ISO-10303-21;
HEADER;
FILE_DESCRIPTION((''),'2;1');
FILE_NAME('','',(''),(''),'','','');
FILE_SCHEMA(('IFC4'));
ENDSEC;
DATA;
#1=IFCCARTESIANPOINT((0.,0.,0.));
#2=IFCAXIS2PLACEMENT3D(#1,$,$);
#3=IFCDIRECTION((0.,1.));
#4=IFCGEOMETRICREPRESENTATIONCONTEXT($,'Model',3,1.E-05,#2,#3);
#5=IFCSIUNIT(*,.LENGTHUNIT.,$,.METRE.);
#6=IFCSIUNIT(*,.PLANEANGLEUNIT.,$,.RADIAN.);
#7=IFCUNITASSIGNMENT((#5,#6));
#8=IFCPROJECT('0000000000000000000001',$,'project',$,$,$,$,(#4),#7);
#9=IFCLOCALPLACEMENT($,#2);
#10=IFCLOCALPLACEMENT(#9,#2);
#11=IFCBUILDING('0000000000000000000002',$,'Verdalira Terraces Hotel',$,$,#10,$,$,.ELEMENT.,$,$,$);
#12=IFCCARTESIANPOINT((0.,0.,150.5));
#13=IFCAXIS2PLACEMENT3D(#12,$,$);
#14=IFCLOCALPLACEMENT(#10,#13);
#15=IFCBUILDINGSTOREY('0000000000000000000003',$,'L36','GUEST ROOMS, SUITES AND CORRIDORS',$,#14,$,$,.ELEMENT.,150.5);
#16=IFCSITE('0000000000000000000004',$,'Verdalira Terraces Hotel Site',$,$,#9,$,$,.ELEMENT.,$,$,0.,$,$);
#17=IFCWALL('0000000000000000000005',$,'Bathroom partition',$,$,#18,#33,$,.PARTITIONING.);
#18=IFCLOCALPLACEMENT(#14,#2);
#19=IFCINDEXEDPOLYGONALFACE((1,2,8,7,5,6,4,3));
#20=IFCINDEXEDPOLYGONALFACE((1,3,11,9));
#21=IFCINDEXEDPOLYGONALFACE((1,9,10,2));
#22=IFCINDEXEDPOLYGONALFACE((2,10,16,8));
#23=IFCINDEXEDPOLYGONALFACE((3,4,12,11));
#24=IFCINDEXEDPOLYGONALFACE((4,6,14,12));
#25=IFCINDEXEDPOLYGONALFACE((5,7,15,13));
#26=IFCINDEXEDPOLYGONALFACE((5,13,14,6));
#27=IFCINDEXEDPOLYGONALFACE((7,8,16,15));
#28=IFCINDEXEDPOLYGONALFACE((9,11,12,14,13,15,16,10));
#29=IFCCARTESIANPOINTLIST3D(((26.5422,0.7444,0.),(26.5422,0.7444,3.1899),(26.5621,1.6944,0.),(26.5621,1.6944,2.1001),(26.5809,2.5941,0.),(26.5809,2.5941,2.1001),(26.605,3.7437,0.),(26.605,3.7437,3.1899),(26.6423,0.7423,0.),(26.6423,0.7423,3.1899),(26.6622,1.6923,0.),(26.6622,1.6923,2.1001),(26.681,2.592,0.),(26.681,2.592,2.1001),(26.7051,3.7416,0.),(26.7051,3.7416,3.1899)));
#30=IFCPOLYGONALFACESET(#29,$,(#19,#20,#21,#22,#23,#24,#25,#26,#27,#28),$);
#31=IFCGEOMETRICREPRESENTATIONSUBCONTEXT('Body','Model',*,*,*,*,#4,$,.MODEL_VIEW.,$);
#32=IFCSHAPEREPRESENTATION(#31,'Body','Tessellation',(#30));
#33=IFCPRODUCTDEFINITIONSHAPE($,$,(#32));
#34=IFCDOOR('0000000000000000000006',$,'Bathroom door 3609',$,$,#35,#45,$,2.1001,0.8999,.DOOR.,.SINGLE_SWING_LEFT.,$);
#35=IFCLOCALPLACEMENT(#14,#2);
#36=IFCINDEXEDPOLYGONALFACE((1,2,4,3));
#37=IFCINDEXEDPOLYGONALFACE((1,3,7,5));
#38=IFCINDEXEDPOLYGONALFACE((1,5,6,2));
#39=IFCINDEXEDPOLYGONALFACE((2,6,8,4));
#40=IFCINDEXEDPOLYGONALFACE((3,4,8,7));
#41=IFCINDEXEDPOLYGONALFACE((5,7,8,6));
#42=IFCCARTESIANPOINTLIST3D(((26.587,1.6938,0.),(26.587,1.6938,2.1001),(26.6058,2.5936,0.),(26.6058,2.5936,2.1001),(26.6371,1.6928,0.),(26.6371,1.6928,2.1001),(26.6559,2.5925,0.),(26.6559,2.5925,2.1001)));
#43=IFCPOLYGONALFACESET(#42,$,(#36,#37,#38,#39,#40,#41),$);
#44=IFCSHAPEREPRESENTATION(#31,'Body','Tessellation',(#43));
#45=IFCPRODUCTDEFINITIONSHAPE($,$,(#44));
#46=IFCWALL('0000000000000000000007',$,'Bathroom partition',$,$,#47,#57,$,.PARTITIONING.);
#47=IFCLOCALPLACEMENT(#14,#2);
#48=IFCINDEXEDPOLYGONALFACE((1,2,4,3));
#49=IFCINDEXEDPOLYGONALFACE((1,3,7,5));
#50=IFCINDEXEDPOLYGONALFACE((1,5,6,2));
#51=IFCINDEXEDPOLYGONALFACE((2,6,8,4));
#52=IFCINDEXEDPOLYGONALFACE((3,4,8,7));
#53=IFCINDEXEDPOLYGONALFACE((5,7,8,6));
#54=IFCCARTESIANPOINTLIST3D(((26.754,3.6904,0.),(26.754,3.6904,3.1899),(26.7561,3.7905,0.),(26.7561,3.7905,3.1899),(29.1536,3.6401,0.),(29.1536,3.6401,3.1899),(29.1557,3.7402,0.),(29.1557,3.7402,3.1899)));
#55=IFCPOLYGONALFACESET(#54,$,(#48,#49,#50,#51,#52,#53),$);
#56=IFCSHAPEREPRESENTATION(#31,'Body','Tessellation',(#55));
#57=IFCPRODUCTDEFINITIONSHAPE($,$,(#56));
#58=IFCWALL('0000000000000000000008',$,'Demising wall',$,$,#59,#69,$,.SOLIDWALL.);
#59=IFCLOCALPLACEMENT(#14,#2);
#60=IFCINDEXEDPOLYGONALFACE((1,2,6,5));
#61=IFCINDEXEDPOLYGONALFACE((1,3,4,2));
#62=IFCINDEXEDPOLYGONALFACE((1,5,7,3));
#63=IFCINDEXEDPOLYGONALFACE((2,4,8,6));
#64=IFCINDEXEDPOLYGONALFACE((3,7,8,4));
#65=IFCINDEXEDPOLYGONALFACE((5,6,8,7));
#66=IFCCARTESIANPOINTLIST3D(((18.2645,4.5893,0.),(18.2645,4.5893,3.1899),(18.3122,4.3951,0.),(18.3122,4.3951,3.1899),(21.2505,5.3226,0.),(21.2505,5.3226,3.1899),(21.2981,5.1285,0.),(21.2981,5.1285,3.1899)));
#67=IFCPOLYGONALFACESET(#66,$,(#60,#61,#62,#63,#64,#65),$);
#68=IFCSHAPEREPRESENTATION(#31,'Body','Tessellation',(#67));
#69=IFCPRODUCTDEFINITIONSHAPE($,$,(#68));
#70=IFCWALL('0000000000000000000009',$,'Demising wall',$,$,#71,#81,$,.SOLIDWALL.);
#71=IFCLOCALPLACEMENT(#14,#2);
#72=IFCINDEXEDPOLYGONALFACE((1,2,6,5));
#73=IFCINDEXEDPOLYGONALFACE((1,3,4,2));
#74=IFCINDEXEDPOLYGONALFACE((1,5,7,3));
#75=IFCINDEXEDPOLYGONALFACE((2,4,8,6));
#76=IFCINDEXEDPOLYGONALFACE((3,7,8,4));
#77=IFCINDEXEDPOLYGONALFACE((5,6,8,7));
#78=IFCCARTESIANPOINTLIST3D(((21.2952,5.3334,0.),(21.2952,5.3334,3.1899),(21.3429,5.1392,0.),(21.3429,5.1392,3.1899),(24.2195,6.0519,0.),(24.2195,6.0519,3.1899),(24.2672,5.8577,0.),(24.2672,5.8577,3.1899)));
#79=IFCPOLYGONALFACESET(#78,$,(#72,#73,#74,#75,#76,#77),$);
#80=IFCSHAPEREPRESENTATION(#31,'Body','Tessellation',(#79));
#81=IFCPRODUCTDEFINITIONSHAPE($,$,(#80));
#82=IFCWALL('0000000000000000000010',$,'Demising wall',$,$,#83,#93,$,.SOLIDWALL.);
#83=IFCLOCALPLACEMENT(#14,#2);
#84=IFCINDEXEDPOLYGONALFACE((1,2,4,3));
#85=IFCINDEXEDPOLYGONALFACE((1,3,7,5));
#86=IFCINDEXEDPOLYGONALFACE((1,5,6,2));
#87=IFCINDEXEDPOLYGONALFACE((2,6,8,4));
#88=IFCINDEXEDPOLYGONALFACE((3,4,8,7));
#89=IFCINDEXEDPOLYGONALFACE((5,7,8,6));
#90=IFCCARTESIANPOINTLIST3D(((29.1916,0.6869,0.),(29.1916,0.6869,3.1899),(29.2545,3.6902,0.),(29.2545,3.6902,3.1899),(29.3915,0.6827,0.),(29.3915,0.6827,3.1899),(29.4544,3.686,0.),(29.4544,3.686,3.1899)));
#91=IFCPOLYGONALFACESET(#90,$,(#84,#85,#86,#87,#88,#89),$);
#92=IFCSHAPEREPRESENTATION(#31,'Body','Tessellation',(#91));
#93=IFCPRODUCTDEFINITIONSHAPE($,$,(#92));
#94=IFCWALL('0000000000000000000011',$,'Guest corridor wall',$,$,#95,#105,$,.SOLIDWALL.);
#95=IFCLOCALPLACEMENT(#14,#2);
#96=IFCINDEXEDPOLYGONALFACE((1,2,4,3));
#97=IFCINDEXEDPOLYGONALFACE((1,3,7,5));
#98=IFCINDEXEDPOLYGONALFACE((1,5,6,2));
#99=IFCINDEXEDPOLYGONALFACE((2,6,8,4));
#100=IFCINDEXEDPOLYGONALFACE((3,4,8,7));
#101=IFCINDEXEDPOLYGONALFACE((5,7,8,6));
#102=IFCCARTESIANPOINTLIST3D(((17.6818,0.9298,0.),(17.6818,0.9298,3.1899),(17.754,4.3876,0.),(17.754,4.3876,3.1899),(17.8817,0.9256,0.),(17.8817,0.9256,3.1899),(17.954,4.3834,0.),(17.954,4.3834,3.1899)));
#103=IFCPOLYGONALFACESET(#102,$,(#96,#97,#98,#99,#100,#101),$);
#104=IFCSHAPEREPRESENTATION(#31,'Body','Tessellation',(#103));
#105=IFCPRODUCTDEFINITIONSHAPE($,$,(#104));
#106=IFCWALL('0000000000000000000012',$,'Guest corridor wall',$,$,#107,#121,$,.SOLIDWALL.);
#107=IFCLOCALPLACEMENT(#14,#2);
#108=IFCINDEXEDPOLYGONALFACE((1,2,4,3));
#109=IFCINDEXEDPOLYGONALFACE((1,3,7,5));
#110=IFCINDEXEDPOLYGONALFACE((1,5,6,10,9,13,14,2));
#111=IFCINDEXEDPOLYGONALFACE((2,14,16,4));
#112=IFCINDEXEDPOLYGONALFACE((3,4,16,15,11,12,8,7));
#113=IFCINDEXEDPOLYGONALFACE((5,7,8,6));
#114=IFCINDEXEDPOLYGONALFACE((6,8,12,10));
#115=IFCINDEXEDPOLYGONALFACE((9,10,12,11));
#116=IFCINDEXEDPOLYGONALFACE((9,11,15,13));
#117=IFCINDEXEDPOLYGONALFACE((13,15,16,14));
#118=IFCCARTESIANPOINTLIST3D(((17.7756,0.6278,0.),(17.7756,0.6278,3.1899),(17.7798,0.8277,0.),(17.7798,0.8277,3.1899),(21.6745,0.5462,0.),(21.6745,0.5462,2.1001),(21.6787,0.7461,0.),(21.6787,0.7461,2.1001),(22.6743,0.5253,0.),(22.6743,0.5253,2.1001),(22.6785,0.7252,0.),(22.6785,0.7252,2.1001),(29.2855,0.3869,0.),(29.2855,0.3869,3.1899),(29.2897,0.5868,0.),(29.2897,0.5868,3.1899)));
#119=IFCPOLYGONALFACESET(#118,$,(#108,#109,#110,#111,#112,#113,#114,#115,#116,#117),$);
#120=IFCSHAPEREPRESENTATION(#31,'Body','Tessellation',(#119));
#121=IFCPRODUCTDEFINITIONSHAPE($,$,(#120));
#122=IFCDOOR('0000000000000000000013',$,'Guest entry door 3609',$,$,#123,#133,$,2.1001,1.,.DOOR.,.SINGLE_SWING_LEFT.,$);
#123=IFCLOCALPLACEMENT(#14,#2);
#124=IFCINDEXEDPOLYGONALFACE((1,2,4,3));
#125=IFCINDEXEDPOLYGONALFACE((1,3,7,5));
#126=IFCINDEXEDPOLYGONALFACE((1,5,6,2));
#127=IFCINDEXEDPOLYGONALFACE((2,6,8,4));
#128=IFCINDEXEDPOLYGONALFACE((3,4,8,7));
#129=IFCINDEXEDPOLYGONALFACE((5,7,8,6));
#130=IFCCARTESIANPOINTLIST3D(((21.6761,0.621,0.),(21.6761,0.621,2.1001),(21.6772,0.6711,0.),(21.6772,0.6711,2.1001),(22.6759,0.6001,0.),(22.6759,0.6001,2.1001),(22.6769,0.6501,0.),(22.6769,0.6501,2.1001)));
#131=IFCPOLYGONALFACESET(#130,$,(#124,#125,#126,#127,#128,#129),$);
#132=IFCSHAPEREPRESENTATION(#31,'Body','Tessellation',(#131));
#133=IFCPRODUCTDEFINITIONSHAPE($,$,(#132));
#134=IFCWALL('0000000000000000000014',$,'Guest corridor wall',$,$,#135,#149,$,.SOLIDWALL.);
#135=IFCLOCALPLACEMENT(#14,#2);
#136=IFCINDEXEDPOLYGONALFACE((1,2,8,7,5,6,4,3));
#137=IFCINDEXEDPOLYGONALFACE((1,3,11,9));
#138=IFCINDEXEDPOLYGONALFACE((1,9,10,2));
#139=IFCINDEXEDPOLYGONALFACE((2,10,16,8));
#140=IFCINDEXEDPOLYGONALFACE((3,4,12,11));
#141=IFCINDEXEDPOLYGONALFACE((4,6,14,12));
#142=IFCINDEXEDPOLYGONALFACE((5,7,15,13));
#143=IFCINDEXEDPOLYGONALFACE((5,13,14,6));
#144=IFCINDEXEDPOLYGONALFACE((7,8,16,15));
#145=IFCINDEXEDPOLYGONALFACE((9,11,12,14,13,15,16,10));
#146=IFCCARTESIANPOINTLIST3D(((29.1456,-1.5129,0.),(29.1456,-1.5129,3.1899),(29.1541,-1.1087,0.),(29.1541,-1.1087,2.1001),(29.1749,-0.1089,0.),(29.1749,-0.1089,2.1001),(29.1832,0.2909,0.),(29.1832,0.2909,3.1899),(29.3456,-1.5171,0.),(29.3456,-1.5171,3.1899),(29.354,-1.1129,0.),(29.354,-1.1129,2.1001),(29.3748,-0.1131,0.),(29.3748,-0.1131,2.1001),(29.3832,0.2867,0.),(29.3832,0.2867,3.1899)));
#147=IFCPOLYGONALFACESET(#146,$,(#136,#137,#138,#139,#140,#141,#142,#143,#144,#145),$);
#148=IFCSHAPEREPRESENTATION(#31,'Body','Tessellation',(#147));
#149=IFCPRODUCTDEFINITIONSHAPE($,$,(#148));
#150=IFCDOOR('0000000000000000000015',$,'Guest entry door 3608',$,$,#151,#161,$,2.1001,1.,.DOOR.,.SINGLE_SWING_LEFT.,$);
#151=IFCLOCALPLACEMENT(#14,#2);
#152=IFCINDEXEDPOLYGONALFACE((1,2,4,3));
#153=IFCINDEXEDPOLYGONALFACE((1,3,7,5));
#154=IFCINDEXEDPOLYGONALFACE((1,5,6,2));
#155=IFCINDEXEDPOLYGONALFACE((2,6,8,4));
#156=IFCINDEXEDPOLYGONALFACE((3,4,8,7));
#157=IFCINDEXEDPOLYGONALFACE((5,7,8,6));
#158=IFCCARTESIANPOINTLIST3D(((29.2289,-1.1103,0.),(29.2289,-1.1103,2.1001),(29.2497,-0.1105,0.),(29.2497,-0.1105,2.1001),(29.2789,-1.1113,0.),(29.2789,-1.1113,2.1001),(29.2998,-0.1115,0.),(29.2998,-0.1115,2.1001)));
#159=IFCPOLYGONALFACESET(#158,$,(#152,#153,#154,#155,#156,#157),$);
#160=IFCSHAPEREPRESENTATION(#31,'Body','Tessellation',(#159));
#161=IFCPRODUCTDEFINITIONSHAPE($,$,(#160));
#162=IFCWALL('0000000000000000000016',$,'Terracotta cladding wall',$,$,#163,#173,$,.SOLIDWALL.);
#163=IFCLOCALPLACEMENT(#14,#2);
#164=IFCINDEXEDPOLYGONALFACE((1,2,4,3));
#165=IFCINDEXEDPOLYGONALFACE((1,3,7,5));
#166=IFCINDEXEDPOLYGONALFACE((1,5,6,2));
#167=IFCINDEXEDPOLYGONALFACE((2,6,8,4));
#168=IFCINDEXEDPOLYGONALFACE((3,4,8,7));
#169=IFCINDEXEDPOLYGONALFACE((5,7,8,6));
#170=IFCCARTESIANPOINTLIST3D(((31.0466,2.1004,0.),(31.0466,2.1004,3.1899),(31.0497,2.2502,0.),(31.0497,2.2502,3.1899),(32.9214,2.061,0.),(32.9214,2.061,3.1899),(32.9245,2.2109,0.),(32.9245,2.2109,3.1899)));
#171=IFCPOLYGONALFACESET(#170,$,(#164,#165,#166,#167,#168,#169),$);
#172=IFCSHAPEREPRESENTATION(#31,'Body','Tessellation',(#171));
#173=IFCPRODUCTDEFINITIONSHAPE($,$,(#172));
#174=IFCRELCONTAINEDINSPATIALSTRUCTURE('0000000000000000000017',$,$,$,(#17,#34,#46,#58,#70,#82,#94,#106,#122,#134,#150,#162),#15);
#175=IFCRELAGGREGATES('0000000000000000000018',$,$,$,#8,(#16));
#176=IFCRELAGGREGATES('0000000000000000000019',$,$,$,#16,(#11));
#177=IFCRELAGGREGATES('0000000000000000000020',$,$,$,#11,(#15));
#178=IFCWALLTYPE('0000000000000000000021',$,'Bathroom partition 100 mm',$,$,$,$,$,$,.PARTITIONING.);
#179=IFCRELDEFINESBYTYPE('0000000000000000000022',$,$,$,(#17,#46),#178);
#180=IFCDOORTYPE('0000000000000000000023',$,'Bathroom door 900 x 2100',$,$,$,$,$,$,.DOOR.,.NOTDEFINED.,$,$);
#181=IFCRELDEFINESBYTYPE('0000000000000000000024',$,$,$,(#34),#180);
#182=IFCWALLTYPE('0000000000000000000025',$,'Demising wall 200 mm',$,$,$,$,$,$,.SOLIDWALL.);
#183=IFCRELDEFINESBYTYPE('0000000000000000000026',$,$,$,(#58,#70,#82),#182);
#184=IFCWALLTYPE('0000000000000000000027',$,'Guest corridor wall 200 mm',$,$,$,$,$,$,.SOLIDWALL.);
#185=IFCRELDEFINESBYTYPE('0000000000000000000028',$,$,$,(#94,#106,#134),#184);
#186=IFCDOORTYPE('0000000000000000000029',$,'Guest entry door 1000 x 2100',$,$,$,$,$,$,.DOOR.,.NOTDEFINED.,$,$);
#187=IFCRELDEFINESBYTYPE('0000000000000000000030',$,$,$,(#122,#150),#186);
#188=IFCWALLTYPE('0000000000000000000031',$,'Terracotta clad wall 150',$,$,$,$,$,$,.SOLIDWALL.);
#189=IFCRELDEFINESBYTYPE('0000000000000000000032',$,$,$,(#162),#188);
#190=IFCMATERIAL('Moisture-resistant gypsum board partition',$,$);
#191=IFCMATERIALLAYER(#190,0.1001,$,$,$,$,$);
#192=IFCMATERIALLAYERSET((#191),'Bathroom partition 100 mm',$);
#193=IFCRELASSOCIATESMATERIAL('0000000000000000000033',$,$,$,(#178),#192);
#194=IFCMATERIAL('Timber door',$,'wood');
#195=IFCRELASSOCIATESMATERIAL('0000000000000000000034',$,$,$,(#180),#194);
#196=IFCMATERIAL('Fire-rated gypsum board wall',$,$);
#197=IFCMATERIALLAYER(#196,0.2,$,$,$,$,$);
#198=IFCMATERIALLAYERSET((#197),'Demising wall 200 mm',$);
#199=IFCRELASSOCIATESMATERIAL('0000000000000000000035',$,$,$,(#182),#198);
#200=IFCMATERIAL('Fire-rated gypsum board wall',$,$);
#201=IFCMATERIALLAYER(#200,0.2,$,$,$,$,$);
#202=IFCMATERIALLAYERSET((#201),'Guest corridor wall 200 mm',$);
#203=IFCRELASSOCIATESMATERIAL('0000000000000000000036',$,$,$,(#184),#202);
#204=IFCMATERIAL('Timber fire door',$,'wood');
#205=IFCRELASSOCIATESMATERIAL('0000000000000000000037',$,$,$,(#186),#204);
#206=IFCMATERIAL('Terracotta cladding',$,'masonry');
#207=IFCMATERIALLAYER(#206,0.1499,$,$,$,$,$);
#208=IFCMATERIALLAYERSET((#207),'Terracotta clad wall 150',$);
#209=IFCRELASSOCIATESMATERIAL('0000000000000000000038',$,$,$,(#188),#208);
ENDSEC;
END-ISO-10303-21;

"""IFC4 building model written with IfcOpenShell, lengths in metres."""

from ifc_helpers import new_model, si_unit, direction, frame, frame_2d, origin, place, context, subcontext, project, spatial, rectangle, extrude, material, layer, layer_set, type_object, element, fill, save


model = new_model("IFC4")

# Units and contexts
model_context = context("Model", 3, precision=1e-05, world=origin(), true_north=direction((0.0, 1.0)))
body_context = subcontext(model_context, "Body", "Model", "MODEL_VIEW")
ifc_project = project(units=[si_unit("LENGTHUNIT", "METRE"), si_unit("PLANEANGLEUNIT", "RADIAN")], contexts=[model_context])

# Site, building, storey
site_placement = place(None, origin())
site = spatial("IfcSite", under=ifc_project, at=site_placement, Name="Verdalira Terraces Hotel Site", CompositionType="ELEMENT", RefElevation=0.0)
building_placement = place(site_placement, origin())
building = spatial("IfcBuilding", under=site, at=building_placement, Name="Verdalira Terraces Hotel", CompositionType="ELEMENT")
storey_placement = place(building_placement, frame((0.0, 0.0, 150.5)))
storey = spatial("IfcBuildingStorey", under=building, at=storey_placement, Name="L36", Description="GUEST ROOMS, SUITES AND CORRIDORS", CompositionType="ELEMENT", Elevation=150.5)

# Wall, opening, door
ifc_material_1 = material(Name="Moisture-resistant gypsum board partition")
ifc_layer_1 = layer(ifc_material_1, 0.1001)
ifc_layer_set_1 = layer_set([ifc_layer_1], Name="Bathroom partition 100 mm")
wall_type_1 = type_object("IfcWallType", Name="Bathroom partition 100 mm", PredefinedType="PARTITIONING", material=ifc_layer_set_1)
wall_1_placement = place(storey_placement, frame((26.655, 3.7427, 0.0), z_axis=(0.0, 0.0, 1.0), x_axis=(-0.020915, -0.999781, 0.0)))
wall_1 = element("IfcWall", 1, at=wall_1_placement, inside=storey, type_object=wall_type_1, Name="Bathroom partition", PredefinedType="PARTITIONING", context=body_context, shape_type="SweptSolid", body=[
    extrude(rectangle(XDim=3.0, YDim=0.1001, at=frame_2d((1.5, 0.0))), origin(), (0.0, 0.0, 1.0), 3.1899),
])
opening_1_placement = place(wall_1_placement, frame((1.1499, 0.0, 0.0)))
opening_1 = element("IfcOpeningElement", 2, at=opening_1_placement, cuts=wall_1, PredefinedType="OPENING", context=body_context, shape_type="SweptSolid", body=[
    extrude(rectangle(XDim=0.8999, YDim=2.1001, at=frame_2d((0.45, 1.05))), frame((0.0, 0.0601, 0.0), z_axis=(0.0, -1.0, 0.0), x_axis=(1.0, 0.0, 0.0)), (0.0, 0.0, 1.0), 0.1201),
])
ifc_material_2 = material(Name="Timber door", Category="wood")
door_type_1 = type_object("IfcDoorType", Name="Bathroom door 900 x 2100", OperationType="NOTDEFINED", PredefinedType="DOOR", material=ifc_material_2)
door_1_placement = place(opening_1_placement, origin())
door_1 = element("IfcDoor", 3, at=door_1_placement, inside=storey, type_object=door_type_1, Name="Bathroom door 3609", OperationType="SINGLE_SWING_LEFT", OverallHeight=2.1001, OverallWidth=0.8999, PredefinedType="DOOR", context=body_context, shape_type="SweptSolid", body=[
    extrude(rectangle(XDim=0.8999, YDim=2.1001, at=frame_2d((0.45, 1.05))), frame((0.0, 0.0249, 0.0), z_axis=(0.0, -1.0, 0.0), x_axis=(1.0, 0.0, 0.0)), (0.0, 0.0, 1.0), 0.05),
])
fill(opening_1, door_1)

# Walls
wall_2_placement = place(storey_placement, frame((26.7549, 3.7405, 0.0), z_axis=(0.0, 0.0, 1.0), x_axis=(0.99978, -0.020954, 0.0)))
element("IfcWall", 4, at=wall_2_placement, inside=storey, type_object=wall_type_1, Name="Bathroom partition", PredefinedType="PARTITIONING", context=body_context, shape_type="SweptSolid", body=[
    extrude(rectangle(XDim=2.4001, YDim=0.1001, at=frame_2d((1.2002, 0.0))), origin(), (0.0, 0.0, 1.0), 3.1899),
])
ifc_material_3 = material(Name="Fire-rated gypsum board wall")
ifc_layer_2 = layer(ifc_material_3, 0.2)
ifc_layer_set_2 = layer_set([ifc_layer_2], Name="Demising wall 200 mm")
wall_type_2 = type_object("IfcWallType", Name="Demising wall 200 mm", PredefinedType="SOLIDWALL", material=ifc_layer_set_2)
wall_3_placement = place(storey_placement, frame((18.2883, 4.4922, 0.0), z_axis=(0.0, 0.0, 1.0), x_axis=(0.971138, 0.238517, 0.0)))
element("IfcWall", 5, at=wall_3_placement, inside=storey, type_object=wall_type_2, Name="Demising wall", PredefinedType="SOLIDWALL", context=body_context, shape_type="SweptSolid", body=[
    extrude(rectangle(XDim=3.0747, YDim=0.2, at=frame_2d((1.5374, 0.0))), origin(), (0.0, 0.0, 1.0), 3.1899),
])
wall_4_placement = place(storey_placement, frame((21.3191, 5.2363, 0.0), z_axis=(0.0, 0.0, 1.0), x_axis=(0.971117, 0.238604, 0.0)))
element("IfcWall", 6, at=wall_4_placement, inside=storey, type_object=wall_type_2, Name="Demising wall", PredefinedType="SOLIDWALL", context=body_context, shape_type="SweptSolid", body=[
    extrude(rectangle(XDim=3.0112, YDim=0.2, at=frame_2d((1.5056, 0.0))), origin(), (0.0, 0.0, 1.0), 3.1899),
])
wall_5_placement = place(storey_placement, frame((29.2915, 0.6848, 0.0), z_axis=(0.0, 0.0, 1.0), x_axis=(0.020969, 0.99978, 0.0)))
element("IfcWall", 7, at=wall_5_placement, inside=storey, type_object=wall_type_2, Name="Demising wall", PredefinedType="SOLIDWALL", context=body_context, shape_type="SweptSolid", body=[
    extrude(rectangle(XDim=3.0039, YDim=0.2, at=frame_2d((1.502, 0.0))), origin(), (0.0, 0.0, 1.0), 3.1899),
])
ifc_material_4 = material(Name="Fire-rated gypsum board wall")
ifc_layer_3 = layer(ifc_material_4, 0.2)
ifc_layer_set_3 = layer_set([ifc_layer_3], Name="Guest corridor wall 200 mm")
wall_type_3 = type_object("IfcWallType", Name="Guest corridor wall 200 mm", PredefinedType="SOLIDWALL", material=ifc_layer_set_3)
wall_6_placement = place(storey_placement, frame((17.7817, 0.9277, 0.0), z_axis=(0.0, 0.0, 1.0), x_axis=(0.020895, 0.999782, 0.0)))
element("IfcWall", 8, at=wall_6_placement, inside=storey, type_object=wall_type_3, Name="Guest corridor wall", PredefinedType="SOLIDWALL", context=body_context, shape_type="SweptSolid", body=[
    extrude(rectangle(XDim=3.4585, YDim=0.2, at=frame_2d((1.7292, 0.0))), origin(), (0.0, 0.0, 1.0), 3.1899),
])

# Walls, openings, doors
wall_7_placement = place(storey_placement, frame((17.7776, 0.7278, 0.0), z_axis=(0.0, 0.0, 1.0), x_axis=(0.999781, -0.020931, 0.0)))
wall_7 = element("IfcWall", 9, at=wall_7_placement, inside=storey, type_object=wall_type_3, Name="Guest corridor wall", PredefinedType="SOLIDWALL", context=body_context, shape_type="SweptSolid", body=[
    extrude(rectangle(XDim=11.5125, YDim=0.2, at=frame_2d((5.7563, 0.0))), origin(), (0.0, 0.0, 1.0), 3.1899),
])
opening_2_placement = place(wall_7_placement, frame((3.8999, 0.0, 0.0)))
opening_2 = element("IfcOpeningElement", 10, at=opening_2_placement, cuts=wall_7, PredefinedType="OPENING", context=body_context, shape_type="SweptSolid", body=[
    extrude(rectangle(XDim=1.0, YDim=2.1001, at=frame_2d((0.5, 1.05))), frame((0.0, 0.1099, 0.0), z_axis=(0.0, -1.0, 0.0), x_axis=(1.0, 0.0, 0.0)), (0.0, 0.0, 1.0), 0.22),
])
ifc_material_5 = material(Name="Timber fire door", Category="wood")
door_type_2 = type_object("IfcDoorType", Name="Guest entry door 1000 x 2100", OperationType="NOTDEFINED", PredefinedType="DOOR", material=ifc_material_5)
door_2_placement = place(opening_2_placement, origin())
door_2 = element("IfcDoor", 11, at=door_2_placement, inside=storey, type_object=door_type_2, Name="Guest entry door 3609", OperationType="SINGLE_SWING_LEFT", OverallHeight=2.1001, OverallWidth=1.0, PredefinedType="DOOR", context=body_context, shape_type="SweptSolid", body=[
    extrude(rectangle(XDim=1.0, YDim=2.1001, at=frame_2d((0.5, 1.05))), frame((0.0, 0.0249, 0.0), z_axis=(0.0, -1.0, 0.0), x_axis=(1.0, 0.0, 0.0)), (0.0, 0.0, 1.0), 0.05),
])
fill(opening_2, door_2)
wall_8_placement = place(storey_placement, frame((29.2832, 0.2888, 0.0), z_axis=(0.0, 0.0, 1.0), x_axis=(-0.02084, -0.999783, 0.0)))
wall_8 = element("IfcWall", 12, at=wall_8_placement, inside=storey, type_object=wall_type_3, Name="Guest corridor wall", PredefinedType="SOLIDWALL", context=body_context, shape_type="SweptSolid", body=[
    extrude(rectangle(XDim=1.8042, YDim=0.2, at=frame_2d((0.9021, 0.0))), origin(), (0.0, 0.0, 1.0), 3.1899),
])
opening_3_placement = place(wall_8_placement, frame((0.3999, 0.0, 0.0)))
opening_3 = element("IfcOpeningElement", 13, at=opening_3_placement, cuts=wall_8, PredefinedType="OPENING", context=body_context, shape_type="SweptSolid", body=[
    extrude(rectangle(XDim=1.0, YDim=2.1001, at=frame_2d((0.5, 1.05))), frame((0.0, 0.1099, 0.0), z_axis=(0.0, -1.0, 0.0), x_axis=(1.0, 0.0, 0.0)), (0.0, 0.0, 1.0), 0.22),
])
door_3_placement = place(opening_3_placement, origin())
door_3 = element("IfcDoor", 14, at=door_3_placement, inside=storey, type_object=door_type_2, Name="Guest entry door 3608", OperationType="SINGLE_SWING_LEFT", OverallHeight=2.1001, OverallWidth=1.0, PredefinedType="DOOR", context=body_context, shape_type="SweptSolid", body=[
    extrude(rectangle(XDim=1.0, YDim=2.1001, at=frame_2d((0.5, 1.05))), frame((0.0, 0.0249, 0.0), z_axis=(0.0, -1.0, 0.0), x_axis=(1.0, 0.0, 0.0)), (0.0, 0.0, 1.0), 0.05),
])
fill(opening_3, door_3)

# Wall
ifc_material_6 = material(Name="Terracotta cladding", Category="masonry")
ifc_layer_4 = layer(ifc_material_6, 0.1499)
ifc_layer_set_4 = layer_set([ifc_layer_4], Name="Terracotta clad wall 150")
wall_type_4 = type_object("IfcWallType", Name="Terracotta clad wall 150", PredefinedType="SOLIDWALL", material=ifc_layer_set_4)
wall_9_placement = place(storey_placement, frame((32.9229, 2.136, 0.0), z_axis=(0.0, 0.0, 1.0), x_axis=(-0.99978, 0.020962, 0.0)))
element("IfcWall", 15, at=wall_9_placement, inside=storey, type_object=wall_type_4, Name="Terracotta cladding wall", PredefinedType="SOLIDWALL", context=body_context, shape_type="SweptSolid", body=[
    extrude(rectangle(XDim=1.8752, YDim=0.1499, at=frame_2d((0.9375, 0.0))), origin(), (0.0, 0.0, 1.0), 3.1899),
])

save(model, "model.ifc")
